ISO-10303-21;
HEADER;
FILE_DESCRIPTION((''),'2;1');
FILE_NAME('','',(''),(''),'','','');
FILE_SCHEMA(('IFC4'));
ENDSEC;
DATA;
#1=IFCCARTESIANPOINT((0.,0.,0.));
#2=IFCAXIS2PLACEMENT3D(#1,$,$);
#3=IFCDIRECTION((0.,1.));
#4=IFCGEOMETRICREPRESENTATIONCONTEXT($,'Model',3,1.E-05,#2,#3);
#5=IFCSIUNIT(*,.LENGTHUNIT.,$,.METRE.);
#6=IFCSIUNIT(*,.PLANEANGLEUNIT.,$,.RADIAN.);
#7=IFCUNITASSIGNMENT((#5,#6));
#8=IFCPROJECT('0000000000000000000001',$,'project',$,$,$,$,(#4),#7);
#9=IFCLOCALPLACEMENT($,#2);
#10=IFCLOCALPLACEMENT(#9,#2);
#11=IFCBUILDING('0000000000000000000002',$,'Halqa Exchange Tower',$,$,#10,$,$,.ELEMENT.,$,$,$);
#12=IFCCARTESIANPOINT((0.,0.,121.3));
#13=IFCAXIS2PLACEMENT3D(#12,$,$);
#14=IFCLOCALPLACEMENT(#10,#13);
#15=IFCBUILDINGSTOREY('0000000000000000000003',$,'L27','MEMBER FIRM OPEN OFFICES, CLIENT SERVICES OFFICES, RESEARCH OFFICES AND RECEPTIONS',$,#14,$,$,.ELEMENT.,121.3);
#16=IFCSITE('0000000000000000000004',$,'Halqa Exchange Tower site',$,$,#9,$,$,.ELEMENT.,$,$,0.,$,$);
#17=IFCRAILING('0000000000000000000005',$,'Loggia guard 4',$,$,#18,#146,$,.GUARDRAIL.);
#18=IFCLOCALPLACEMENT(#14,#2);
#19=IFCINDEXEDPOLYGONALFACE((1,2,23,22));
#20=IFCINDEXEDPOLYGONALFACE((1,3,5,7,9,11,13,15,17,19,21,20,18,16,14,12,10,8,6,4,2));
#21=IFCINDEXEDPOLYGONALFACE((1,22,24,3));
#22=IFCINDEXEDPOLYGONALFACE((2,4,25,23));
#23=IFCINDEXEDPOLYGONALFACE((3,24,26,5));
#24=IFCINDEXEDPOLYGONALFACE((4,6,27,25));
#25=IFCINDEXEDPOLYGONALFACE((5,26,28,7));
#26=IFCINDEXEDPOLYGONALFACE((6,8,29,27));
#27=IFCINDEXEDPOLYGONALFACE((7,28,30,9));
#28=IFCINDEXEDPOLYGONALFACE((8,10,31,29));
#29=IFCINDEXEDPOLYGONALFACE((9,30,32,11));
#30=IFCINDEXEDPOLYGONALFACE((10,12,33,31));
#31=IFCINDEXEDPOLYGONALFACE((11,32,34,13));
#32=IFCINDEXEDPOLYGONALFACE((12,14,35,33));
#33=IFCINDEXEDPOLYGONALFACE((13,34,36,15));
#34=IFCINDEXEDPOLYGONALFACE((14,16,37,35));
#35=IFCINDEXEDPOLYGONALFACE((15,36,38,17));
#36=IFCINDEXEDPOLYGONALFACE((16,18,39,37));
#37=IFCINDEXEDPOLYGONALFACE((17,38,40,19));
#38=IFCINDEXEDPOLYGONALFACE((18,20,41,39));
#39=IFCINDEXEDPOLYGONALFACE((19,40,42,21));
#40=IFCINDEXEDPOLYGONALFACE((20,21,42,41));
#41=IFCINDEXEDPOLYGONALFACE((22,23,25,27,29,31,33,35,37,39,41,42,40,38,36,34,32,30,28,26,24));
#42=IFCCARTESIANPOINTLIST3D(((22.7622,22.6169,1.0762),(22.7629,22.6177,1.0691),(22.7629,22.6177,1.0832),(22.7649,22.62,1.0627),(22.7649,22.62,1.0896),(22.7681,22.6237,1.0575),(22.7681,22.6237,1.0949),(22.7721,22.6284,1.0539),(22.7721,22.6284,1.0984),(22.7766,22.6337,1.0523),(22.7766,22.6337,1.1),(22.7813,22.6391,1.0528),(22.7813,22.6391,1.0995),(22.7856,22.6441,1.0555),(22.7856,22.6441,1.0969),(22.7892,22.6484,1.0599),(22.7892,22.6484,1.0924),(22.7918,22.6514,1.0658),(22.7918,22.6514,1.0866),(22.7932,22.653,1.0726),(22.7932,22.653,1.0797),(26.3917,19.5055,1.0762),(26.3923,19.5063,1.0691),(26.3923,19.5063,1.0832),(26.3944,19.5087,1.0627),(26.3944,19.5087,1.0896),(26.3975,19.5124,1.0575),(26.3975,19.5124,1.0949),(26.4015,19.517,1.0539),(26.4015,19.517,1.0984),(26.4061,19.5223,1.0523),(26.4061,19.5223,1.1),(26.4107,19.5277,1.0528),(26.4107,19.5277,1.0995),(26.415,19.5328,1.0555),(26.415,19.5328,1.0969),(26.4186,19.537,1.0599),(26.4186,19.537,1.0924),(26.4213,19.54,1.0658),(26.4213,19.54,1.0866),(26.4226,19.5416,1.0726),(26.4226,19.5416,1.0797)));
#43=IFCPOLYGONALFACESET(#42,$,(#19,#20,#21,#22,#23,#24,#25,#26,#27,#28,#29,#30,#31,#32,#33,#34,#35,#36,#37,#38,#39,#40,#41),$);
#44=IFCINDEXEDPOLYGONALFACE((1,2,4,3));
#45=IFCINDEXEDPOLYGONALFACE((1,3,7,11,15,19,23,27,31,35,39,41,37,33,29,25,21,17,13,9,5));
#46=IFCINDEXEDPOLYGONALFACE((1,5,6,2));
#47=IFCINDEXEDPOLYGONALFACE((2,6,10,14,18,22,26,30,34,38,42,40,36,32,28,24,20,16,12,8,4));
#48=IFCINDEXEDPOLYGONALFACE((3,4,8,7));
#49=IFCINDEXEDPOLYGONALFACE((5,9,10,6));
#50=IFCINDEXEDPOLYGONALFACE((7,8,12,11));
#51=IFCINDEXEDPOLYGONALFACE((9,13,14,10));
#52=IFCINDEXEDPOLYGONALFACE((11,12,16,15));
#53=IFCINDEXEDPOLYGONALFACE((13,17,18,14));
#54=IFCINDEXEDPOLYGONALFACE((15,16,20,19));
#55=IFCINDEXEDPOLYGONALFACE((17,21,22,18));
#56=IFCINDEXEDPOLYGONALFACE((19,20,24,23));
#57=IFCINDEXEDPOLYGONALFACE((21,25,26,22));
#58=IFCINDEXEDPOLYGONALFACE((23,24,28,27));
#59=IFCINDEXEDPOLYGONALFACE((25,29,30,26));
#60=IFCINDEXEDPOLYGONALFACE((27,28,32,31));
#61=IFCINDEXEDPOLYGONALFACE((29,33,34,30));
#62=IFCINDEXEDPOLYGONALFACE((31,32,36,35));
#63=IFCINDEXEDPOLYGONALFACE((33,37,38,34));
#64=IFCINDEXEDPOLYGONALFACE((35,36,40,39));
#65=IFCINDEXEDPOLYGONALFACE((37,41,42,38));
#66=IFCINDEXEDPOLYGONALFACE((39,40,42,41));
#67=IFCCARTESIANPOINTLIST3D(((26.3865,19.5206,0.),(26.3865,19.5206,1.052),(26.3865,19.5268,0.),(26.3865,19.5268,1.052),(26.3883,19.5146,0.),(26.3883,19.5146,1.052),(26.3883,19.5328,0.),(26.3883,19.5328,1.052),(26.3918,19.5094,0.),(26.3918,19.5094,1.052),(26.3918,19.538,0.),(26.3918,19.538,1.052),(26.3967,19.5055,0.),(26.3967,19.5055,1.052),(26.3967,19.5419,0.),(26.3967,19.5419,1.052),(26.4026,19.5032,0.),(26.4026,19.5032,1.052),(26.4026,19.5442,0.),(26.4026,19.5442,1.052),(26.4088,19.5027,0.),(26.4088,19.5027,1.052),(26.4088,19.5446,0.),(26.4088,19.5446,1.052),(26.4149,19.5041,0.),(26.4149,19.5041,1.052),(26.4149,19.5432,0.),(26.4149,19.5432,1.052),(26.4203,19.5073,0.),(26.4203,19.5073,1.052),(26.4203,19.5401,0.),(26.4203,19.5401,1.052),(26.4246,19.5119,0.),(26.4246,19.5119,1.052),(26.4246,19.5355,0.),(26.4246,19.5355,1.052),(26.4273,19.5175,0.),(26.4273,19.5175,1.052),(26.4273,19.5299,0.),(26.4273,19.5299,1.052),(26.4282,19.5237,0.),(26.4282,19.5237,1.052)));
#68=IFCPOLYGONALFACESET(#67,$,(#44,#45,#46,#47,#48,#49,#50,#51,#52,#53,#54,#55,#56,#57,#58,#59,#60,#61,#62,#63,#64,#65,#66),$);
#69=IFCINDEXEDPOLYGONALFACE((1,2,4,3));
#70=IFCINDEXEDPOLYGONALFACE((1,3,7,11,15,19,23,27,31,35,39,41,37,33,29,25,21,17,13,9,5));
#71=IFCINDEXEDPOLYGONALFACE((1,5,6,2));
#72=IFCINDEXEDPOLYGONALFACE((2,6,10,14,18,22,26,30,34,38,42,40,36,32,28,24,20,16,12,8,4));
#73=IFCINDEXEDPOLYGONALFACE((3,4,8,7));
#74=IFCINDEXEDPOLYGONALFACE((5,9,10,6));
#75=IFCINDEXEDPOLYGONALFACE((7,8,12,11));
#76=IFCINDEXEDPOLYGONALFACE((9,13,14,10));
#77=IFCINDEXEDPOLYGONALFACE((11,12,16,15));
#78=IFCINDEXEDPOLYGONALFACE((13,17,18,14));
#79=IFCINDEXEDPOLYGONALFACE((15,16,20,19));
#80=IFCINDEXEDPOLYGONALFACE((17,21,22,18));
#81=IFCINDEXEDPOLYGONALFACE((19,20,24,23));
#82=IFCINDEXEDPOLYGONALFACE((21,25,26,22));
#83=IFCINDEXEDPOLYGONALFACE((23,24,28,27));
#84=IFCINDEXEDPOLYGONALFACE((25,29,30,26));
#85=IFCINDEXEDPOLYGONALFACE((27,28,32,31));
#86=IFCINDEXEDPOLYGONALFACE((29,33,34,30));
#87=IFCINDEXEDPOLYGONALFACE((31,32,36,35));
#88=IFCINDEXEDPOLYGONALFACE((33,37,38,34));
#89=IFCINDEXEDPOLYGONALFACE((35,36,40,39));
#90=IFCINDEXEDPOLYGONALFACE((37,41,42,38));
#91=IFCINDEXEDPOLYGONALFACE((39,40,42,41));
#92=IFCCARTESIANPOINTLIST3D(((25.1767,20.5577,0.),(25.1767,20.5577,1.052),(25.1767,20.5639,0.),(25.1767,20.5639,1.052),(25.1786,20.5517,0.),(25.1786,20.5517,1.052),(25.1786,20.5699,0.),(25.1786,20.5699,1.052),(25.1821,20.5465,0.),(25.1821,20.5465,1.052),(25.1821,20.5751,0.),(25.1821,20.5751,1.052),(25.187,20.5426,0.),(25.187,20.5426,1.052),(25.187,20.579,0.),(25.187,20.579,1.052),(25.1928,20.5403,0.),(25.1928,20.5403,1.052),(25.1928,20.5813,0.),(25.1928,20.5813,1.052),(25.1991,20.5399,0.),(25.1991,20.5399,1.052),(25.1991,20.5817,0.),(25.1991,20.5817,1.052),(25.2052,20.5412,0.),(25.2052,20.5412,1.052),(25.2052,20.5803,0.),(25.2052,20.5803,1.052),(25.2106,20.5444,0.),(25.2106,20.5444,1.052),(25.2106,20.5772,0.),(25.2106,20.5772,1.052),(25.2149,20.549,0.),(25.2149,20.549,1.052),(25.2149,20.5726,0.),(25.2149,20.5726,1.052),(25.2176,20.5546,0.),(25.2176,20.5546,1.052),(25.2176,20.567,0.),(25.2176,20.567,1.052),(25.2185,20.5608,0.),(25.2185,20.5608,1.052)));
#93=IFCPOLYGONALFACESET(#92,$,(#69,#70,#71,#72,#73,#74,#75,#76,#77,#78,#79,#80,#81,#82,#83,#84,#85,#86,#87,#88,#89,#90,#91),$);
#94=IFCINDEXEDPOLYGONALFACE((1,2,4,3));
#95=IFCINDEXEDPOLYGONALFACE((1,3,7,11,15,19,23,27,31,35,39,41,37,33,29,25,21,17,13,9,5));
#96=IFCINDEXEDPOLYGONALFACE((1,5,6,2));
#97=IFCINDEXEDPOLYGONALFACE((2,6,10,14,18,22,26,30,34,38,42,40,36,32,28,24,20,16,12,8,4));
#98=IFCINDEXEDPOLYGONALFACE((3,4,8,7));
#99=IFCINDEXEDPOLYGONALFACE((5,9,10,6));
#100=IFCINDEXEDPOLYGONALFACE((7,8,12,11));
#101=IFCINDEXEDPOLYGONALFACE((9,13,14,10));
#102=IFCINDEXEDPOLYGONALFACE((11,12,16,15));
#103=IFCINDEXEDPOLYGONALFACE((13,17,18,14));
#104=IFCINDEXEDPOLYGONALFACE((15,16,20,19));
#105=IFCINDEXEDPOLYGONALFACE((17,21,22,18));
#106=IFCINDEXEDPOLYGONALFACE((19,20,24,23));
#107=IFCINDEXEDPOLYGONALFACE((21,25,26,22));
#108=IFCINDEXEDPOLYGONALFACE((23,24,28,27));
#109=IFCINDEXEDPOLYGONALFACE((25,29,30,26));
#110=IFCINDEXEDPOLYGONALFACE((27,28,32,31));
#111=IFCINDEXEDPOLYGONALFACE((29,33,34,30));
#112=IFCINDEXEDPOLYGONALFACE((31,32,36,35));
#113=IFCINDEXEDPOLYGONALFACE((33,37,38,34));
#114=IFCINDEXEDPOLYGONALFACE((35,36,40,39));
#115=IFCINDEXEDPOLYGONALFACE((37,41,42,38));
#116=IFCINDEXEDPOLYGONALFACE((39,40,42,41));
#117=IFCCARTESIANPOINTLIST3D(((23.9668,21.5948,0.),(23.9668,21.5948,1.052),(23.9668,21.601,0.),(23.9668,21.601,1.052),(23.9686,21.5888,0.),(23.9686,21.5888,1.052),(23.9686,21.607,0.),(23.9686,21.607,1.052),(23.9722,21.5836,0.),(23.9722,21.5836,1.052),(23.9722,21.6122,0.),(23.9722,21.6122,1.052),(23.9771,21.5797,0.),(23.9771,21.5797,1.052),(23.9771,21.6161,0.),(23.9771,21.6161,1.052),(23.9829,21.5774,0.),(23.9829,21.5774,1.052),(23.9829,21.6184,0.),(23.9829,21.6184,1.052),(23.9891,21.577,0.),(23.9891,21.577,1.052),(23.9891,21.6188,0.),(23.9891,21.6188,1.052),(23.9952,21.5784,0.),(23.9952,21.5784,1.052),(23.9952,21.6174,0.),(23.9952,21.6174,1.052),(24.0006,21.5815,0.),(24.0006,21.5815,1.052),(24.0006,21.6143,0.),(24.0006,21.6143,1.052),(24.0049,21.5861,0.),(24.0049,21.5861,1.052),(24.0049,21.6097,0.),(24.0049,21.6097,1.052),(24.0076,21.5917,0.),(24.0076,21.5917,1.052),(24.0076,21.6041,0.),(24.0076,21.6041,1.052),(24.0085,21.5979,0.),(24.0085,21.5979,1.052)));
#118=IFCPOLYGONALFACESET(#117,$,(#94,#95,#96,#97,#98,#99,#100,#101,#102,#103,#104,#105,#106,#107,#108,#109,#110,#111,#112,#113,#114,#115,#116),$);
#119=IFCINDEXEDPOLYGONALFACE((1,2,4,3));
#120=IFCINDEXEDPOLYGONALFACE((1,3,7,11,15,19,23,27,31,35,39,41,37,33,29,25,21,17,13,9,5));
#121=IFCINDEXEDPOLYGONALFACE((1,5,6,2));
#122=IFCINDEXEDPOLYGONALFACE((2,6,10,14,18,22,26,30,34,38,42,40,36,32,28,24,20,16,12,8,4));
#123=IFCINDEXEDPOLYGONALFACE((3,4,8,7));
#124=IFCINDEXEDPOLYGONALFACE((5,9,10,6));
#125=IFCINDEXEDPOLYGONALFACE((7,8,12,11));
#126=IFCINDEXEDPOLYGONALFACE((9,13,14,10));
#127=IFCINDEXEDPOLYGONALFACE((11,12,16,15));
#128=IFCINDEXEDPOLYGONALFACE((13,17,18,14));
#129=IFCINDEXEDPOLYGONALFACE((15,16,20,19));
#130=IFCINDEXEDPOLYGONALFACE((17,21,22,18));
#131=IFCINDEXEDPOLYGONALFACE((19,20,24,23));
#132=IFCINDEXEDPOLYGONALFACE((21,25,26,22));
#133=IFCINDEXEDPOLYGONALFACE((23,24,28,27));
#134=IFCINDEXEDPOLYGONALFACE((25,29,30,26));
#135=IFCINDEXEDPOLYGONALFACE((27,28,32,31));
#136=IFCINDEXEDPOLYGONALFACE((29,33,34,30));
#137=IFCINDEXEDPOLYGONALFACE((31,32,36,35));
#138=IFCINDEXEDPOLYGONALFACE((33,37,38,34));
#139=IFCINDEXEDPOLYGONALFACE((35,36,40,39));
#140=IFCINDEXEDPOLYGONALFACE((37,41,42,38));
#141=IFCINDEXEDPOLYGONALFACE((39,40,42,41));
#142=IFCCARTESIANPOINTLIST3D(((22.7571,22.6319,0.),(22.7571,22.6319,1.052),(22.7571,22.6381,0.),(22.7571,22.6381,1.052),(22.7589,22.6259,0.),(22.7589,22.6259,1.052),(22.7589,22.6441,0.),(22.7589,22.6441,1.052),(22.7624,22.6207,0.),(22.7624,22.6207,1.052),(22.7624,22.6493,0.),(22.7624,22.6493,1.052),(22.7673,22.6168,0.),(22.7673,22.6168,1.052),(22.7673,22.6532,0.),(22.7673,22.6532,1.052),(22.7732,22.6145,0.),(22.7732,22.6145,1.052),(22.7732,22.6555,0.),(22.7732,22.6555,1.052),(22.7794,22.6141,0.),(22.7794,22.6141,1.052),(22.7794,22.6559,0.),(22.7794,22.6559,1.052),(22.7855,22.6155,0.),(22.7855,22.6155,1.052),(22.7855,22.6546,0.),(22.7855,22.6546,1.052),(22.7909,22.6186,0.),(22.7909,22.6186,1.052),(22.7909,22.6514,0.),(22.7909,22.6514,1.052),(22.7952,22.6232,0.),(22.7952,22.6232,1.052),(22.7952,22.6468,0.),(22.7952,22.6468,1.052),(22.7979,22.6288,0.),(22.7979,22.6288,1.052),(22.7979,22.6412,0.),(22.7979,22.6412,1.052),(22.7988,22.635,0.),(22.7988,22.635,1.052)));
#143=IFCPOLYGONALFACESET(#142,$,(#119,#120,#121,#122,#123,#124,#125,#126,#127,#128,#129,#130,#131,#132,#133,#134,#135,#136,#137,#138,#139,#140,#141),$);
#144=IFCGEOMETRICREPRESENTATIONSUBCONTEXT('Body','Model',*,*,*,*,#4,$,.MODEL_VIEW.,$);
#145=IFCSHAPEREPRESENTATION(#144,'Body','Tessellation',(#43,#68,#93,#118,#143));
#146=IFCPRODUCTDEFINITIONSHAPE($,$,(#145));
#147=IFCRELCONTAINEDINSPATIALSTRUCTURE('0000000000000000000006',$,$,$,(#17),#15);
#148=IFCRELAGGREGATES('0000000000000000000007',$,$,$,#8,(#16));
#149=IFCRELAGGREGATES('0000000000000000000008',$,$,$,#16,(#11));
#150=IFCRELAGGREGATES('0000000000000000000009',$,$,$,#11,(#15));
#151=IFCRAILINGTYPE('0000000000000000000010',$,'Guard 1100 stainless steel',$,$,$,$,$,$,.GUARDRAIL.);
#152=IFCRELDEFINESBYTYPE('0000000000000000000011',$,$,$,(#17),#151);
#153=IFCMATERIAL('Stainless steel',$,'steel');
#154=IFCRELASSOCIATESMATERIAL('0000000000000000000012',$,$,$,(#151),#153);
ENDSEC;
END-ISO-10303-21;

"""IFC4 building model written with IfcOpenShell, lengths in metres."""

from ifc_helpers import new_model, si_unit, direction, frame, origin, origin_2d, place, context, subcontext, project, spatial, circle, extrude, material, type_object, element, save


model = new_model("IFC4")

# Units and contexts
model_context = context("Model", 3, precision=1e-05, world=origin(), true_north=direction((0.0, 1.0)))
body_context = subcontext(model_context, "Body", "Model", "MODEL_VIEW")
ifc_project = project(units=[si_unit("LENGTHUNIT", "METRE"), si_unit("PLANEANGLEUNIT", "RADIAN")], contexts=[model_context])

# Site, building, storey
site_placement = place(None, origin())
site = spatial("IfcSite", under=ifc_project, at=site_placement, Name="Halqa Exchange Tower site", CompositionType="ELEMENT", RefElevation=0.0)
building_placement = place(site_placement, origin())
building = spatial("IfcBuilding", under=site, at=building_placement, Name="Halqa Exchange Tower", CompositionType="ELEMENT")
storey_placement = place(building_placement, frame((0.0, 0.0, 121.3)))
storey = spatial("IfcBuildingStorey", under=building, at=storey_placement, Name="L27", Description="MEMBER FIRM OPEN OFFICES, CLIENT SERVICES OFFICES, RESEARCH OFFICES AND RECEPTIONS", CompositionType="ELEMENT", Elevation=121.3)

# Railing
ifc_material_1 = material(Name="Stainless steel", Category="steel")
railing_type = type_object("IfcRailingType", Name="Guard 1100 stainless steel", PredefinedType="GUARDRAIL", material=ifc_material_1)
railing_1_placement = place(storey_placement, frame((26.4072, 19.5237, 0.0)))
element("IfcRailing", 1, at=railing_1_placement, inside=storey, type_object=railing_type, Name="Loggia guard 4", PredefinedType="GUARDRAIL", context=body_context, shape_type="SweptSolid", body=[
    extrude(circle(Radius=0.0239, at=origin_2d()), frame((0.0, 0.0, 1.0762), z_axis=(-0.759213, 0.650842, 0.0), x_axis=(-0.650842, -0.759213, 0.0)), (0.0, 0.0, 1.0), 4.7805),
    extrude(circle(Radius=0.021, at=origin_2d()), origin(), (0.0, 0.0, 1.0), 1.052),
    extrude(circle(Radius=0.021, at=origin_2d()), frame((-1.2097, 1.0371, 0.0)), (0.0, 0.0, 1.0), 1.052),
    extrude(circle(Radius=0.021, at=origin_2d()), frame((-2.4197, 2.0742, 0.0)), (0.0, 0.0, 1.0), 1.052),
    extrude(circle(Radius=0.021, at=origin_2d()), frame((-3.6294, 3.1113, 0.0)), (0.0, 0.0, 1.0), 1.052),
])

save(model, "model.ifc")
